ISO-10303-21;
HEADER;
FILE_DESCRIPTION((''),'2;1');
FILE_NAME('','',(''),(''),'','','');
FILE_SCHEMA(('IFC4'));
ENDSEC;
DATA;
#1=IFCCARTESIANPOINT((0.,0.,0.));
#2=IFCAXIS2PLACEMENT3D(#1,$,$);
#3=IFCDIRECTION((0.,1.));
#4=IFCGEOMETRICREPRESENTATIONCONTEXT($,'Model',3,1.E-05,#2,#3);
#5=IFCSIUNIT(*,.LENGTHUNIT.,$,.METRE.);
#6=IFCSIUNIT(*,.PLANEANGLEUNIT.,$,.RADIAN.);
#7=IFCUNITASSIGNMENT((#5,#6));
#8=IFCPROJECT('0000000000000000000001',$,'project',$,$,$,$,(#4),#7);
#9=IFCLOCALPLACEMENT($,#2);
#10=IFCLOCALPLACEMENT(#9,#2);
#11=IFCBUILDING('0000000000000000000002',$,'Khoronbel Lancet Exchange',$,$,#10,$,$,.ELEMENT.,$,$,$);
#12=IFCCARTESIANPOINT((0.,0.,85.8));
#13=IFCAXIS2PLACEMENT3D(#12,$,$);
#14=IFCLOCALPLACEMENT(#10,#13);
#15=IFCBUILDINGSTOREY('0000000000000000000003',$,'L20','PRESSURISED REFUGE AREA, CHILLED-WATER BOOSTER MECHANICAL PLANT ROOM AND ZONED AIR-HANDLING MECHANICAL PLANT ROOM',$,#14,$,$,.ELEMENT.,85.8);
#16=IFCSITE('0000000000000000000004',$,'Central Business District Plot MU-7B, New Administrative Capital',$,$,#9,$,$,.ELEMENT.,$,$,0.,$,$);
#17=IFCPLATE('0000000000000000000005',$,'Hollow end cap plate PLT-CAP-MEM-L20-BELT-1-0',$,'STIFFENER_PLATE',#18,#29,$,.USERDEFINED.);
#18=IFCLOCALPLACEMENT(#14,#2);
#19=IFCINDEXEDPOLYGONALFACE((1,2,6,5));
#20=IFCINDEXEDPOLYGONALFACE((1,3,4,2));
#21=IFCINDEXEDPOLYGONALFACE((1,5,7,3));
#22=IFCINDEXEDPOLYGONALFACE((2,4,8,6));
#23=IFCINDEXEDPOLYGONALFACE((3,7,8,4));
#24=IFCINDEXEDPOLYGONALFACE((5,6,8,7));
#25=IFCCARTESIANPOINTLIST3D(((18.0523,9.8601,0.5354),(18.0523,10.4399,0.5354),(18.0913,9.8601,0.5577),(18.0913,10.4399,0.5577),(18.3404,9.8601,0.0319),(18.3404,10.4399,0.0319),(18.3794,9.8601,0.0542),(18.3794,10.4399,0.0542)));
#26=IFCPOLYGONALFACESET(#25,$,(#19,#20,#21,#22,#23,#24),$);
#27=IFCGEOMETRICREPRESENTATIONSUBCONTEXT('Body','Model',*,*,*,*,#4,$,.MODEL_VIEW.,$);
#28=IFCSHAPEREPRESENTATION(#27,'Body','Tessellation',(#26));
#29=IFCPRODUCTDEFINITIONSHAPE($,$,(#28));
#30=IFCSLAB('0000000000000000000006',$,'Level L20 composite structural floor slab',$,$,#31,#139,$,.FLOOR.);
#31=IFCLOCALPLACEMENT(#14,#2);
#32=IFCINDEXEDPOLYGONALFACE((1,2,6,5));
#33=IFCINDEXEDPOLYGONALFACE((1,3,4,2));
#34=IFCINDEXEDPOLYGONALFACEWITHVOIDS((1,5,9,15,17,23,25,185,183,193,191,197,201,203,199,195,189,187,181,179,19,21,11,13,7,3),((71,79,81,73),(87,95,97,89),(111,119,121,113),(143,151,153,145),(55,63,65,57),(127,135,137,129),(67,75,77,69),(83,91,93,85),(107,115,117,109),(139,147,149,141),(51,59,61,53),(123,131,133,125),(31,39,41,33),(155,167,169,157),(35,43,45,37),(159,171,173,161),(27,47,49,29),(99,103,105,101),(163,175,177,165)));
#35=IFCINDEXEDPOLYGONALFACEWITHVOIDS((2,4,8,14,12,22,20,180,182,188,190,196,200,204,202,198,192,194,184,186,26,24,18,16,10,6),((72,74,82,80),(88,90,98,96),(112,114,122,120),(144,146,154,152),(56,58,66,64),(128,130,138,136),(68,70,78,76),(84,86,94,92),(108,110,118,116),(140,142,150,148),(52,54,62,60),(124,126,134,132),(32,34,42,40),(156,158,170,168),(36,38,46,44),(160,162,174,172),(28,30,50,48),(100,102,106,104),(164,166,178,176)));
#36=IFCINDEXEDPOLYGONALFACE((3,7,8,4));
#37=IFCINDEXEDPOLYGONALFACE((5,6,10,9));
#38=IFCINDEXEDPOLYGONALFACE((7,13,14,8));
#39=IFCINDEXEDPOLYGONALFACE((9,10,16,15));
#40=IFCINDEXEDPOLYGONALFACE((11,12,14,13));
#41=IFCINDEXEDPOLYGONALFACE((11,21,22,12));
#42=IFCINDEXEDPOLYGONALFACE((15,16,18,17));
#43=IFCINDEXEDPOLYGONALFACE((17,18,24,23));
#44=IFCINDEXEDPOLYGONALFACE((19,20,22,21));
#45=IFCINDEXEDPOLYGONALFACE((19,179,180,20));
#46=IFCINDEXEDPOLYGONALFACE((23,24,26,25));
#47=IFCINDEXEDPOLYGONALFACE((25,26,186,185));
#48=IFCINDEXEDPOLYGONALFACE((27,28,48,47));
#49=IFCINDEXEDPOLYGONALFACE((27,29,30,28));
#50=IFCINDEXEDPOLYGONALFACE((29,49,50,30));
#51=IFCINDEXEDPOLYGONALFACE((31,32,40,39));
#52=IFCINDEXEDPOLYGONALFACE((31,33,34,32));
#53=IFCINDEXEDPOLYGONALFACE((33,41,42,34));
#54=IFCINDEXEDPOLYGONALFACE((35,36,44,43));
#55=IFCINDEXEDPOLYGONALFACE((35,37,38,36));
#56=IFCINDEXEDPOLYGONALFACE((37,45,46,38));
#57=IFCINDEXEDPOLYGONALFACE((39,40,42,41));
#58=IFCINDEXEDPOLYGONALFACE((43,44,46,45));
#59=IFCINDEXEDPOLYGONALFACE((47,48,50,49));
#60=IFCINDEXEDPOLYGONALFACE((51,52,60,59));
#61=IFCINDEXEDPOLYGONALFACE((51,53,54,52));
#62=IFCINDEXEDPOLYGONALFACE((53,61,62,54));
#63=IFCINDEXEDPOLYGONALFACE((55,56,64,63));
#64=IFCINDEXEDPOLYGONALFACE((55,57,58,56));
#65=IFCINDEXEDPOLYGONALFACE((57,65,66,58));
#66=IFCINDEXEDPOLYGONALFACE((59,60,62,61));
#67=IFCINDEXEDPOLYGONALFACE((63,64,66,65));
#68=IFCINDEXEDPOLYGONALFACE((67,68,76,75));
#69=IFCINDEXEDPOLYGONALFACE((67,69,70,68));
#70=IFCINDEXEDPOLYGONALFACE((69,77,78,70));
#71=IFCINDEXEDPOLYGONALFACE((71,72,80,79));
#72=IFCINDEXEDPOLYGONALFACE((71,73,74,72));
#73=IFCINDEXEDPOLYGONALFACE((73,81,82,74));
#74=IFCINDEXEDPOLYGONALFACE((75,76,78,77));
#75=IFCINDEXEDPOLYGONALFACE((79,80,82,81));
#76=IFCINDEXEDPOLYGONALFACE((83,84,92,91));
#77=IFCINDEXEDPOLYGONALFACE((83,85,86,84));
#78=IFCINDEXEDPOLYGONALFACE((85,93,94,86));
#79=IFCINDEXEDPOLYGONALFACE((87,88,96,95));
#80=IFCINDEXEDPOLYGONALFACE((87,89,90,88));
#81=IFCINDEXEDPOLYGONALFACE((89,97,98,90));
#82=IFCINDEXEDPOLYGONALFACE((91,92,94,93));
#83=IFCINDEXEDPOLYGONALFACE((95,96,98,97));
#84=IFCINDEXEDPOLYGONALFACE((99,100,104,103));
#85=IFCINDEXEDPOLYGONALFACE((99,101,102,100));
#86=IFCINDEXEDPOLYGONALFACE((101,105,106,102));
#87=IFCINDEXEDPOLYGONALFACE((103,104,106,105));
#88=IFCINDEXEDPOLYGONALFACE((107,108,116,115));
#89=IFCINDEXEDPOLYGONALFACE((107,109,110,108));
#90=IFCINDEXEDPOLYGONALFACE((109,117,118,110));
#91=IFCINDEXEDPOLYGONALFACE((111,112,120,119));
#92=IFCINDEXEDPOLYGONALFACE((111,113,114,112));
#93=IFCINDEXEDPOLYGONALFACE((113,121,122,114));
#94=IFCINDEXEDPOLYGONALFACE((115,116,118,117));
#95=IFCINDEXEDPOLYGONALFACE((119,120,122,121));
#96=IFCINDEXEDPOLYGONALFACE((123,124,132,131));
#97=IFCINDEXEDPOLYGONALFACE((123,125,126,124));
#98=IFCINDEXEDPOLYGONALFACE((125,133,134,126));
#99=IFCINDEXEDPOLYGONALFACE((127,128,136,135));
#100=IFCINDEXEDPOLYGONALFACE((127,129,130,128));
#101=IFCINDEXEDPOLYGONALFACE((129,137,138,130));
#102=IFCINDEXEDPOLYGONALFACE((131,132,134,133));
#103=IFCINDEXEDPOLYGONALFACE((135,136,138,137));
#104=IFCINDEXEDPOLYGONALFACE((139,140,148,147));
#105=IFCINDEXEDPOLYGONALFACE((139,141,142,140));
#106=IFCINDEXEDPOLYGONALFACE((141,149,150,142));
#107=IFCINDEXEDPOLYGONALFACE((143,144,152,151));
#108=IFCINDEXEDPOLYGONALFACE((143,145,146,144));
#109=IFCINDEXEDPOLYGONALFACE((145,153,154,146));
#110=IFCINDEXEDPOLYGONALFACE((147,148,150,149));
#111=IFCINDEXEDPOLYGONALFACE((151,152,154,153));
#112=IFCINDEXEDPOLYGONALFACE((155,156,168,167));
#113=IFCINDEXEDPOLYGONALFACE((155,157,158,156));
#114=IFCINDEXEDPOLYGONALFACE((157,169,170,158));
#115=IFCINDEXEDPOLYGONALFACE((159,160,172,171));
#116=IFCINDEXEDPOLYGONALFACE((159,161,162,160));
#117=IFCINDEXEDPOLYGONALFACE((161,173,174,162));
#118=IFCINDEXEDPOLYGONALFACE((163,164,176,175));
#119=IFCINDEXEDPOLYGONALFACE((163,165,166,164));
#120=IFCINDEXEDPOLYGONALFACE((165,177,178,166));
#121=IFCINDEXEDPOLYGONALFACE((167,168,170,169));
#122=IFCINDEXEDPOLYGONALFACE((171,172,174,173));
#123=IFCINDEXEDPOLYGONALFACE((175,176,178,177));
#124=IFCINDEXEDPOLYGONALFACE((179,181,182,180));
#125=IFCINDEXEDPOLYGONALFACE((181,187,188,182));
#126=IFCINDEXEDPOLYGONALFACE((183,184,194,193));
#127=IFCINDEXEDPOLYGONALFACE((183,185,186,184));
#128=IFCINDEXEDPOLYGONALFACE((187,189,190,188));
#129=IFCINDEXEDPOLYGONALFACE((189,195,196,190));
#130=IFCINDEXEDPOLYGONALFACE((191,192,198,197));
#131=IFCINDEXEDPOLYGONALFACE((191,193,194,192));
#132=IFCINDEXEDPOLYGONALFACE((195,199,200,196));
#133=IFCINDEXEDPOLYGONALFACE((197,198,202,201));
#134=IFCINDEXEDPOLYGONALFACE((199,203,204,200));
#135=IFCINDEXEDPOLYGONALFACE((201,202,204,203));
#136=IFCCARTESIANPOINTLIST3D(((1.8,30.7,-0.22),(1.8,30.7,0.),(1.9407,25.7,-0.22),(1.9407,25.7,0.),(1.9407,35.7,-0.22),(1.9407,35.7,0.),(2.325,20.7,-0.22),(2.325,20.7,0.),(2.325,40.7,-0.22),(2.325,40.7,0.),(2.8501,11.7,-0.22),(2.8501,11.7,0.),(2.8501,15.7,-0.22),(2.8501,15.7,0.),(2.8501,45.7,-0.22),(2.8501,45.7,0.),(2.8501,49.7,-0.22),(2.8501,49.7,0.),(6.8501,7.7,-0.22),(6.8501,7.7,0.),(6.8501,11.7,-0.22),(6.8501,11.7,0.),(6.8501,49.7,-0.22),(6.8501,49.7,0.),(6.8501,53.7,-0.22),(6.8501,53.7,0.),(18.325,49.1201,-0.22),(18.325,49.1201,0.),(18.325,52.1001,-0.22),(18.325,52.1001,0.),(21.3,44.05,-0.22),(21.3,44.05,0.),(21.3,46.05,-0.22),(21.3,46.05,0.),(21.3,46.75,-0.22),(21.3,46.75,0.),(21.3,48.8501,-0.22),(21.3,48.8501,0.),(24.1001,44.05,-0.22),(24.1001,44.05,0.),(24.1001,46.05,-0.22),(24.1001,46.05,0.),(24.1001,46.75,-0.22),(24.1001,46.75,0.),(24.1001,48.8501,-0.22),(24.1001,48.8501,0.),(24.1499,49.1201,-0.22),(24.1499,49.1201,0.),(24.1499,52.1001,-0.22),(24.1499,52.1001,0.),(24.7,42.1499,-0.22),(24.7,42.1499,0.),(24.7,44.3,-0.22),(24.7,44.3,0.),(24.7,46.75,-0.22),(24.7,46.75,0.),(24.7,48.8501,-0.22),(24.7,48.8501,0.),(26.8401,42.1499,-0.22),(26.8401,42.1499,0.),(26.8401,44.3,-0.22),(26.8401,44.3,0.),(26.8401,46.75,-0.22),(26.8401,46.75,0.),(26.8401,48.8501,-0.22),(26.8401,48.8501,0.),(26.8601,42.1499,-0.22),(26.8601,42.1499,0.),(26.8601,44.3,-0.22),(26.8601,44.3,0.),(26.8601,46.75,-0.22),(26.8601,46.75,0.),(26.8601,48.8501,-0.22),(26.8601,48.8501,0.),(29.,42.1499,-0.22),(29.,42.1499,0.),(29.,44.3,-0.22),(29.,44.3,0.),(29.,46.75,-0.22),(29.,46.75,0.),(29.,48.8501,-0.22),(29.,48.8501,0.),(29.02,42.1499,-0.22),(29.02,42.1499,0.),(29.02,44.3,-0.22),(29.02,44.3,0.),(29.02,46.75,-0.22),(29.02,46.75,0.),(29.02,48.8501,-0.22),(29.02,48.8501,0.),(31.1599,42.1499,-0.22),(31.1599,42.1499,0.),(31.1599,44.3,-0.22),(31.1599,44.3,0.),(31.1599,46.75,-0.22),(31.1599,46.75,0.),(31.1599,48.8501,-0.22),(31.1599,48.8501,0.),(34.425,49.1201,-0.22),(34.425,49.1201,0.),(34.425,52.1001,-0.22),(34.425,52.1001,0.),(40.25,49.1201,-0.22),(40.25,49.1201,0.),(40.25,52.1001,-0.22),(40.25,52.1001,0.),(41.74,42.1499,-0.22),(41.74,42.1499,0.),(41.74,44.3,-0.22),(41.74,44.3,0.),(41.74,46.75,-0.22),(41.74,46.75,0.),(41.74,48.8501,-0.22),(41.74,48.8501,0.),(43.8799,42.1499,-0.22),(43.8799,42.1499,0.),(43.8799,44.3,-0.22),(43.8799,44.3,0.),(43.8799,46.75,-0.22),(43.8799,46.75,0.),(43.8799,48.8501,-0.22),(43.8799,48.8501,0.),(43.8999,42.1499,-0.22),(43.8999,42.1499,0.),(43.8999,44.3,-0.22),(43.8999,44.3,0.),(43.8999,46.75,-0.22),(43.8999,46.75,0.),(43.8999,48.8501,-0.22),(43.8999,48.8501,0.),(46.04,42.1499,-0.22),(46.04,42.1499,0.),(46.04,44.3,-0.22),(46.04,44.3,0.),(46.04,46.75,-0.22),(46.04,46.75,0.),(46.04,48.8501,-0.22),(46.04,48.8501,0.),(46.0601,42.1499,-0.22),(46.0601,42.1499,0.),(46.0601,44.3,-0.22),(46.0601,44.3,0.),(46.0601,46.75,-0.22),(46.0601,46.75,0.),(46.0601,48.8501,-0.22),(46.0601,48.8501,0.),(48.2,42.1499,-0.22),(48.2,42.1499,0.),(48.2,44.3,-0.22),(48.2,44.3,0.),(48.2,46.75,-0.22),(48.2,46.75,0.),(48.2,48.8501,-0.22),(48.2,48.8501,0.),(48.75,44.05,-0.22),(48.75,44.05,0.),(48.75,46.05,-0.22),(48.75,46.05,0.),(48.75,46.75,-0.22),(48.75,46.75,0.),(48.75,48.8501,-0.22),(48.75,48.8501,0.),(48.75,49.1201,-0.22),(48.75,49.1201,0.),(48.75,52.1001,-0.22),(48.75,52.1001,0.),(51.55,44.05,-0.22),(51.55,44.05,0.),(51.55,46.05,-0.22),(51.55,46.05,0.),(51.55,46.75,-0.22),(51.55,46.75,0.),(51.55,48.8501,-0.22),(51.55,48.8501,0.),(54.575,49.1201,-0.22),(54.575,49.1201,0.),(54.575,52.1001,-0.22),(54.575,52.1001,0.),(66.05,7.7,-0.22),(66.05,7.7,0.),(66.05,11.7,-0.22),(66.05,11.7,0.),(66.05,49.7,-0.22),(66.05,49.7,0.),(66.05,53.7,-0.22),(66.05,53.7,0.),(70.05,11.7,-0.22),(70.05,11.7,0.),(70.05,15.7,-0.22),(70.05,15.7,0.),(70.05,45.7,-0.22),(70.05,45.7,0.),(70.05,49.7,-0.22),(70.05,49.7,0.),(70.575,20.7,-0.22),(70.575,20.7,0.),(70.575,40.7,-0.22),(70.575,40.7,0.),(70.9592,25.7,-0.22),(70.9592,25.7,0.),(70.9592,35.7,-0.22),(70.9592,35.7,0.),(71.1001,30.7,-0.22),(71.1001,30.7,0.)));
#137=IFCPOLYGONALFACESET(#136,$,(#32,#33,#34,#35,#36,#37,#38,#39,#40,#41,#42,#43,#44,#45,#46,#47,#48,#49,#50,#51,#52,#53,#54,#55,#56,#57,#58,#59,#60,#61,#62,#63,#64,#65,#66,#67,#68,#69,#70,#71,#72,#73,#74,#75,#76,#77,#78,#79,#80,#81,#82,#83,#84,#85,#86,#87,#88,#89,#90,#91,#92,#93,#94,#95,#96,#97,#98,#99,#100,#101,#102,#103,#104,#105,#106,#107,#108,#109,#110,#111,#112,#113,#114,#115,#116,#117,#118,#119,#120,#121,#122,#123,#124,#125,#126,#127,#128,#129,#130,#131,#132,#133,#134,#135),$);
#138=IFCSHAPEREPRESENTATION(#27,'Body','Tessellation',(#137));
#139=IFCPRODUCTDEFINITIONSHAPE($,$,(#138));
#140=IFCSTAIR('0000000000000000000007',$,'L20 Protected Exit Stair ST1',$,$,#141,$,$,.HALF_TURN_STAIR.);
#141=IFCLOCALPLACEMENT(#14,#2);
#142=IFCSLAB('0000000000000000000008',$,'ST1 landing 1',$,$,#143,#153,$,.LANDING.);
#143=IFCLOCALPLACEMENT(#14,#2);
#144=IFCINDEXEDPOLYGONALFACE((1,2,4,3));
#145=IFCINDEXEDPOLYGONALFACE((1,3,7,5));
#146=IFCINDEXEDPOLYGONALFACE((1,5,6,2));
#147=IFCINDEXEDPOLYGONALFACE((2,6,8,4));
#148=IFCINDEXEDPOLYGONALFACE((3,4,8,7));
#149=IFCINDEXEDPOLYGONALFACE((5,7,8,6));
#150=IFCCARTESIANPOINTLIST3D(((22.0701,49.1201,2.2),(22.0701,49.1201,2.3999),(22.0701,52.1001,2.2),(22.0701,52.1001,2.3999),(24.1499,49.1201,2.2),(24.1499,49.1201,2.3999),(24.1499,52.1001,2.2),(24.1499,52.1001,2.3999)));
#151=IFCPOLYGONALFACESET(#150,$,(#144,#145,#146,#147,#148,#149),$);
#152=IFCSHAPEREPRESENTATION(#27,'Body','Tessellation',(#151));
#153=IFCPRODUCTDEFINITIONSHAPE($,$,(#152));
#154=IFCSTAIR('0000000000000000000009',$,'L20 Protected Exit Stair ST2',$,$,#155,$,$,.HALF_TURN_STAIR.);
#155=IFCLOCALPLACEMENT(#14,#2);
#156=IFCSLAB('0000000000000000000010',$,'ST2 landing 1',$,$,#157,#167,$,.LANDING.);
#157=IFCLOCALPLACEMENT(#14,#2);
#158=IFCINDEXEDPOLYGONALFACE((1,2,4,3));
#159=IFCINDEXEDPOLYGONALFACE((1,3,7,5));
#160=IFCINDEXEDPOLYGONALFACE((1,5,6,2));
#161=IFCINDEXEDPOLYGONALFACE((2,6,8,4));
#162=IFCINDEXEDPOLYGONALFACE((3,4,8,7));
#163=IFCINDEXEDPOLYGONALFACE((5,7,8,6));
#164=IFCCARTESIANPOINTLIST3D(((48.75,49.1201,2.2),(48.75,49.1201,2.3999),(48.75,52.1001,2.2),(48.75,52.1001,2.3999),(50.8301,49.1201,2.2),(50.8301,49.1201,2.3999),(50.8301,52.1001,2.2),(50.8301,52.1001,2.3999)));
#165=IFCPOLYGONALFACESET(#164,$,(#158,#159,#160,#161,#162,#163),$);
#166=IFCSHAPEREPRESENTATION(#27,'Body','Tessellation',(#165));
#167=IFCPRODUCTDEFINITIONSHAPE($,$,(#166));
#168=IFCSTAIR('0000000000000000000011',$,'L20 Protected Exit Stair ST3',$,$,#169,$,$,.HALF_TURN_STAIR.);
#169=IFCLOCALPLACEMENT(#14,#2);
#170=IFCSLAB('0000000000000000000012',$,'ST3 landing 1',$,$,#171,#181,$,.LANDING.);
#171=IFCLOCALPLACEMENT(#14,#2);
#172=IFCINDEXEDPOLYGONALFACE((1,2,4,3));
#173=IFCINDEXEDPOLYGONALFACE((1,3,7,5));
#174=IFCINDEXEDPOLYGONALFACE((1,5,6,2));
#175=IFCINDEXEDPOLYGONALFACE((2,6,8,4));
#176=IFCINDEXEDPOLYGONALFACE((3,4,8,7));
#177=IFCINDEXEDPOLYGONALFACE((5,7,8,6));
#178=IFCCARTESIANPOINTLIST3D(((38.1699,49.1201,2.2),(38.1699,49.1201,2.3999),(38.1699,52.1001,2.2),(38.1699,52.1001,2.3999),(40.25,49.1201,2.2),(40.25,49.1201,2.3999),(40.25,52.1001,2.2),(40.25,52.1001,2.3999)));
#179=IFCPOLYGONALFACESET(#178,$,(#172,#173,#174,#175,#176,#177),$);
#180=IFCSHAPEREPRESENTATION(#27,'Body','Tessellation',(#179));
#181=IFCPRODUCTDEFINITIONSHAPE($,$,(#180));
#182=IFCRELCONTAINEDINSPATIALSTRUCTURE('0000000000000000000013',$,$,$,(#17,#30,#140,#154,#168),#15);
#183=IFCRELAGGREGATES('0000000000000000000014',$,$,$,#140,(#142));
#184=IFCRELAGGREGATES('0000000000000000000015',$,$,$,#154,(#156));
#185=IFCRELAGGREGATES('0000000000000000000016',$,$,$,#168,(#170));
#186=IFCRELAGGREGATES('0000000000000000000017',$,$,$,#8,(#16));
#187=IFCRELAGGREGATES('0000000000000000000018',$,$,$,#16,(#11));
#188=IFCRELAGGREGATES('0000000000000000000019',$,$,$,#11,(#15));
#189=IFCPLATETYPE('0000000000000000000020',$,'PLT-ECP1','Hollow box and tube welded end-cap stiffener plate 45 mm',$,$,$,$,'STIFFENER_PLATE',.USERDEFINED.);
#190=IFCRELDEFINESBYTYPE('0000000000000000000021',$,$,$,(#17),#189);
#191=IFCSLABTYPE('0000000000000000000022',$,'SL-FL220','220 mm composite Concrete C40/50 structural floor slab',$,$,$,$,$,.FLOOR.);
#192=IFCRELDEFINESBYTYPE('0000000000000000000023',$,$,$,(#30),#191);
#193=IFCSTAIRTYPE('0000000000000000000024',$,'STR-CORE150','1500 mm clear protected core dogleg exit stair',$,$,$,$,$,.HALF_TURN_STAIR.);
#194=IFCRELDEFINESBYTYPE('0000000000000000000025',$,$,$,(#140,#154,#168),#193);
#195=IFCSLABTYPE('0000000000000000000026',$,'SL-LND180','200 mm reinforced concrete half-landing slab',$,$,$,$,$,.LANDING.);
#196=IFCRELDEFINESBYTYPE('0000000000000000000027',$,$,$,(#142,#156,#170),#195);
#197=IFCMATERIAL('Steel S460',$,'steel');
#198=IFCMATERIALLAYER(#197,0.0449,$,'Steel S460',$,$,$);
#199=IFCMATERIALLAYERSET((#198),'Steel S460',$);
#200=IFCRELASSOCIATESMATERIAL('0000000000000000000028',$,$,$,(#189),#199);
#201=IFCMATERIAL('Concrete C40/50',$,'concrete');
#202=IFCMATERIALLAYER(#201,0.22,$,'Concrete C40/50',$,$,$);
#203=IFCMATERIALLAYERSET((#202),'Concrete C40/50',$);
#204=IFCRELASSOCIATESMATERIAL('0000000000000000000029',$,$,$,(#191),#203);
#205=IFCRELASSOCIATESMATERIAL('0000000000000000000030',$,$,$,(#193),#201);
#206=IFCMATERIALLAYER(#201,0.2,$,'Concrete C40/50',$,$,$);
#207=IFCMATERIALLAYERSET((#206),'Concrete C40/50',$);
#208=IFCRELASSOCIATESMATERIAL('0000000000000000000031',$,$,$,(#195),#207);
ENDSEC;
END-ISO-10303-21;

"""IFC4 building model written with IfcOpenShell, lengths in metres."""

from ifc_helpers import new_model, si_unit, direction, frame, origin, place, context, subcontext, project, spatial, polyline, outline, extrude, material, layer, layer_set, type_object, element, aggregate, save


model = new_model("IFC4")

# Units and contexts
model_context = context("Model", 3, precision=1e-05, world=origin(), true_north=direction((0.0, 1.0)))
body_context = subcontext(model_context, "Body", "Model", "MODEL_VIEW")
ifc_project = project(units=[si_unit("LENGTHUNIT", "METRE"), si_unit("PLANEANGLEUNIT", "RADIAN")], contexts=[model_context])

# Site, building, storey
site_placement = place(None, origin())
site = spatial("IfcSite", under=ifc_project, at=site_placement, Name="Central Business District Plot MU-7B, New Administrative Capital", CompositionType="ELEMENT", RefElevation=0.0)
building_placement = place(site_placement, origin())
building = spatial("IfcBuilding", under=site, at=building_placement, Name="Khoronbel Lancet Exchange", CompositionType="ELEMENT")
storey_placement = place(building_placement, frame((0.0, 0.0, 85.8)))
storey = spatial("IfcBuildingStorey", under=building, at=storey_placement, Name="L20", Description="PRESSURISED REFUGE AREA, CHILLED-WATER BOOSTER MECHANICAL PLANT ROOM AND ZONED AIR-HANDLING MECHANICAL PLANT ROOM", CompositionType="ELEMENT", Elevation=85.8)

# Shared definitions
ifc_material_1 = material(Name="Steel S460", Category="steel")

# Plate
ifc_layer_1 = layer(ifc_material_1, 0.0449, Name="Steel S460")
ifc_layer_set_1 = layer_set([ifc_layer_1], Name="Steel S460")
plate_type_1 = type_object("IfcPlateType", Name="PLT-ECP1", Description="Hollow box and tube welded end-cap stiffener plate 45 mm", ElementType="STIFFENER_PLATE", PredefinedType="USERDEFINED", material=ifc_layer_set_1)
plate_1_placement = place(storey_placement, frame((18.3794, 9.8601, 0.0542), z_axis=(0.867932, 0.0, 0.496683), x_axis=(0.0, 1.0, 0.0)))
element("IfcPlate", 1, at=plate_1_placement, inside=storey, type_object=plate_type_1, Name="Hollow end cap plate PLT-CAP-MEM-L20-BELT-1-0", ObjectType="STIFFENER_PLATE", PredefinedType="USERDEFINED", context=body_context, shape_type="SweptSolid", body=[
    extrude(outline(polyline([(0.0, 0.0), (0.5798, 0.0), (0.5798, 0.5801), (0.0, 0.5801), (0.0, 0.0)])), origin(), (0.0, 0.0, -1.0), 0.0449),
])

# Slab
ifc_material_2 = material(Name="Concrete C40/50", Category="concrete")
ifc_layer_2 = layer(ifc_material_2, 0.22, Name="Concrete C40/50")
ifc_layer_set_2 = layer_set([ifc_layer_2], Name="Concrete C40/50")
slab_type_1 = type_object("IfcSlabType", Name="SL-FL220", Description="220 mm composite Concrete C40/50 structural floor slab", PredefinedType="FLOOR", material=ifc_layer_set_2)
slab_1_placement = place(storey_placement, frame((0.0, 0.0, -0.22)))
element("IfcSlab", 2, at=slab_1_placement, inside=storey, type_object=slab_type_1, Name="Level L20 composite structural floor slab", PredefinedType="FLOOR", context=body_context, shape_type="SweptSolid", body=[
    extrude(outline(polyline([(6.8501, 7.7), (66.05, 7.7), (66.05, 11.7), (70.05, 11.7), (70.05, 15.7), (70.575, 20.7), (70.9592, 25.7), (71.1001, 30.7), (70.9592, 35.7), (70.575, 40.7), (70.05, 45.7), (70.05, 49.7), (66.05, 49.7), (66.05, 53.7), (6.8501, 53.7), (6.8501, 49.7), (2.8501, 49.7), (2.8501, 45.7), (2.325, 40.7), (1.9407, 35.7), (1.8, 30.7), (1.9407, 25.7), (2.325, 20.7), (2.8501, 15.7), (2.8501, 11.7), (6.8501, 11.7), (6.8501, 7.7)]), holes=[polyline([(18.325, 49.1201), (24.1499, 49.1201), (24.1499, 52.1001), (18.325, 52.1001), (18.325, 49.1201)]), polyline([(48.75, 49.1201), (54.575, 49.1201), (54.575, 52.1001), (48.75, 52.1001), (48.75, 49.1201)]), polyline([(34.425, 49.1201), (40.25, 49.1201), (40.25, 52.1001), (34.425, 52.1001), (34.425, 49.1201)]), polyline([(24.7, 46.75), (26.8401, 46.75), (26.8401, 48.8501), (24.7, 48.8501), (24.7, 46.75)]), polyline([(26.8601, 46.75), (29.0, 46.75), (29.0, 48.8501), (26.8601, 48.8501), (26.8601, 46.75)]), polyline([(29.02, 46.75), (31.1599, 46.75), (31.1599, 48.8501), (29.02, 48.8501), (29.02, 46.75)]), polyline([(24.7, 42.1499), (26.8401, 42.1499), (26.8401, 44.3), (24.7, 44.3), (24.7, 42.1499)]), polyline([(26.8601, 42.1499), (29.0, 42.1499), (29.0, 44.3), (26.8601, 44.3), (26.8601, 42.1499)]), polyline([(29.02, 42.1499), (31.1599, 42.1499), (31.1599, 44.3), (29.02, 44.3), (29.02, 42.1499)]), polyline([(41.74, 46.75), (43.8799, 46.75), (43.8799, 48.8501), (41.74, 48.8501), (41.74, 46.75)]), polyline([(43.8999, 46.75), (46.04, 46.75), (46.04, 48.8501), (43.8999, 48.8501), (43.8999, 46.75)]), polyline([(46.0601, 46.75), (48.2, 46.75), (48.2, 48.8501), (46.0601, 48.8501), (46.0601, 46.75)]), polyline([(41.74, 42.1499), (43.8799, 42.1499), (43.8799, 44.3), (41.74, 44.3), (41.74, 42.1499)]), polyline([(43.8999, 42.1499), (46.04, 42.1499), (46.04, 44.3), (43.8999, 44.3), (43.8999, 42.1499)]), polyline([(46.0601, 42.1499), (48.2, 42.1499), (48.2, 44.3), (46.0601, 44.3), (46.0601, 42.1499)]), polyline([(21.3, 46.75), (24.1001, 46.75), (24.1001, 48.8501), (21.3, 48.8501), (21.3, 46.75)]), polyline([(48.75, 46.75), (51.55, 46.75), (51.55, 48.8501), (48.75, 48.8501), (48.75, 46.75)]), polyline([(21.3, 44.05), (24.1001, 44.05), (24.1001, 46.05), (21.3, 46.05), (21.3, 44.05)]), polyline([(48.75, 44.05), (51.55, 44.05), (51.55, 46.05), (48.75, 46.05), (48.75, 44.05)])]), origin(), (0.0, 0.0, 1.0), 0.22),
])

# Stairs, slabs
stair_type = type_object("IfcStairType", Name="STR-CORE150", Description="1500 mm clear protected core dogleg exit stair", PredefinedType="HALF_TURN_STAIR", material=ifc_material_2)
stair_1_placement = place(storey_placement, origin())
stair_1 = element("IfcStair", 3, at=stair_1_placement, inside=storey, type_object=stair_type, Name="L20 Protected Exit Stair ST1", PredefinedType="HALF_TURN_STAIR")
ifc_layer_3 = layer(ifc_material_2, 0.2, Name="Concrete C40/50")
ifc_layer_set_3 = layer_set([ifc_layer_3], Name="Concrete C40/50")
slab_type_2 = type_object("IfcSlabType", Name="SL-LND180", Description="200 mm reinforced concrete half-landing slab", PredefinedType="LANDING", material=ifc_layer_set_3)
slab_2_placement = place(storey_placement, frame((0.0, 0.0, 2.2)))
slab_2 = element("IfcSlab", 4, at=slab_2_placement, type_object=slab_type_2, Name="ST1 landing 1", PredefinedType="LANDING", context=body_context, shape_type="SweptSolid", body=[
    extrude(outline(polyline([(22.0701, 49.1201), (24.1499, 49.1201), (24.1499, 52.1001), (22.0701, 52.1001), (22.0701, 49.1201)])), origin(), (0.0, 0.0, 1.0), 0.2),
])
aggregate(stair_1, [slab_2])
stair_2_placement = place(storey_placement, origin())
stair_2 = element("IfcStair", 5, at=stair_2_placement, inside=storey, type_object=stair_type, Name="L20 Protected Exit Stair ST2", PredefinedType="HALF_TURN_STAIR")
slab_3_placement = place(storey_placement, frame((0.0, 0.0, 2.2)))
slab_3 = element("IfcSlab", 6, at=slab_3_placement, type_object=slab_type_2, Name="ST2 landing 1", PredefinedType="LANDING", context=body_context, shape_type="SweptSolid", body=[
    extrude(outline(polyline([(50.8301, 52.1001), (48.75, 52.1001), (48.75, 49.1201), (50.8301, 49.1201), (50.8301, 52.1001)])), origin(), (0.0, 0.0, 1.0), 0.2),
])
aggregate(stair_2, [slab_3])
stair_3_placement = place(storey_placement, origin())
stair_3 = element("IfcStair", 7, at=stair_3_placement, inside=storey, type_object=stair_type, Name="L20 Protected Exit Stair ST3", PredefinedType="HALF_TURN_STAIR")
slab_4_placement = place(storey_placement, frame((0.0, 0.0, 2.2)))
slab_4 = element("IfcSlab", 8, at=slab_4_placement, type_object=slab_type_2, Name="ST3 landing 1", PredefinedType="LANDING", context=body_context, shape_type="SweptSolid", body=[
    extrude(outline(polyline([(38.1699, 49.1201), (40.25, 49.1201), (40.25, 52.1001), (38.1699, 52.1001), (38.1699, 49.1201)])), origin(), (0.0, 0.0, 1.0), 0.2),
])
aggregate(stair_3, [slab_4])

save(model, "model.ifc")
